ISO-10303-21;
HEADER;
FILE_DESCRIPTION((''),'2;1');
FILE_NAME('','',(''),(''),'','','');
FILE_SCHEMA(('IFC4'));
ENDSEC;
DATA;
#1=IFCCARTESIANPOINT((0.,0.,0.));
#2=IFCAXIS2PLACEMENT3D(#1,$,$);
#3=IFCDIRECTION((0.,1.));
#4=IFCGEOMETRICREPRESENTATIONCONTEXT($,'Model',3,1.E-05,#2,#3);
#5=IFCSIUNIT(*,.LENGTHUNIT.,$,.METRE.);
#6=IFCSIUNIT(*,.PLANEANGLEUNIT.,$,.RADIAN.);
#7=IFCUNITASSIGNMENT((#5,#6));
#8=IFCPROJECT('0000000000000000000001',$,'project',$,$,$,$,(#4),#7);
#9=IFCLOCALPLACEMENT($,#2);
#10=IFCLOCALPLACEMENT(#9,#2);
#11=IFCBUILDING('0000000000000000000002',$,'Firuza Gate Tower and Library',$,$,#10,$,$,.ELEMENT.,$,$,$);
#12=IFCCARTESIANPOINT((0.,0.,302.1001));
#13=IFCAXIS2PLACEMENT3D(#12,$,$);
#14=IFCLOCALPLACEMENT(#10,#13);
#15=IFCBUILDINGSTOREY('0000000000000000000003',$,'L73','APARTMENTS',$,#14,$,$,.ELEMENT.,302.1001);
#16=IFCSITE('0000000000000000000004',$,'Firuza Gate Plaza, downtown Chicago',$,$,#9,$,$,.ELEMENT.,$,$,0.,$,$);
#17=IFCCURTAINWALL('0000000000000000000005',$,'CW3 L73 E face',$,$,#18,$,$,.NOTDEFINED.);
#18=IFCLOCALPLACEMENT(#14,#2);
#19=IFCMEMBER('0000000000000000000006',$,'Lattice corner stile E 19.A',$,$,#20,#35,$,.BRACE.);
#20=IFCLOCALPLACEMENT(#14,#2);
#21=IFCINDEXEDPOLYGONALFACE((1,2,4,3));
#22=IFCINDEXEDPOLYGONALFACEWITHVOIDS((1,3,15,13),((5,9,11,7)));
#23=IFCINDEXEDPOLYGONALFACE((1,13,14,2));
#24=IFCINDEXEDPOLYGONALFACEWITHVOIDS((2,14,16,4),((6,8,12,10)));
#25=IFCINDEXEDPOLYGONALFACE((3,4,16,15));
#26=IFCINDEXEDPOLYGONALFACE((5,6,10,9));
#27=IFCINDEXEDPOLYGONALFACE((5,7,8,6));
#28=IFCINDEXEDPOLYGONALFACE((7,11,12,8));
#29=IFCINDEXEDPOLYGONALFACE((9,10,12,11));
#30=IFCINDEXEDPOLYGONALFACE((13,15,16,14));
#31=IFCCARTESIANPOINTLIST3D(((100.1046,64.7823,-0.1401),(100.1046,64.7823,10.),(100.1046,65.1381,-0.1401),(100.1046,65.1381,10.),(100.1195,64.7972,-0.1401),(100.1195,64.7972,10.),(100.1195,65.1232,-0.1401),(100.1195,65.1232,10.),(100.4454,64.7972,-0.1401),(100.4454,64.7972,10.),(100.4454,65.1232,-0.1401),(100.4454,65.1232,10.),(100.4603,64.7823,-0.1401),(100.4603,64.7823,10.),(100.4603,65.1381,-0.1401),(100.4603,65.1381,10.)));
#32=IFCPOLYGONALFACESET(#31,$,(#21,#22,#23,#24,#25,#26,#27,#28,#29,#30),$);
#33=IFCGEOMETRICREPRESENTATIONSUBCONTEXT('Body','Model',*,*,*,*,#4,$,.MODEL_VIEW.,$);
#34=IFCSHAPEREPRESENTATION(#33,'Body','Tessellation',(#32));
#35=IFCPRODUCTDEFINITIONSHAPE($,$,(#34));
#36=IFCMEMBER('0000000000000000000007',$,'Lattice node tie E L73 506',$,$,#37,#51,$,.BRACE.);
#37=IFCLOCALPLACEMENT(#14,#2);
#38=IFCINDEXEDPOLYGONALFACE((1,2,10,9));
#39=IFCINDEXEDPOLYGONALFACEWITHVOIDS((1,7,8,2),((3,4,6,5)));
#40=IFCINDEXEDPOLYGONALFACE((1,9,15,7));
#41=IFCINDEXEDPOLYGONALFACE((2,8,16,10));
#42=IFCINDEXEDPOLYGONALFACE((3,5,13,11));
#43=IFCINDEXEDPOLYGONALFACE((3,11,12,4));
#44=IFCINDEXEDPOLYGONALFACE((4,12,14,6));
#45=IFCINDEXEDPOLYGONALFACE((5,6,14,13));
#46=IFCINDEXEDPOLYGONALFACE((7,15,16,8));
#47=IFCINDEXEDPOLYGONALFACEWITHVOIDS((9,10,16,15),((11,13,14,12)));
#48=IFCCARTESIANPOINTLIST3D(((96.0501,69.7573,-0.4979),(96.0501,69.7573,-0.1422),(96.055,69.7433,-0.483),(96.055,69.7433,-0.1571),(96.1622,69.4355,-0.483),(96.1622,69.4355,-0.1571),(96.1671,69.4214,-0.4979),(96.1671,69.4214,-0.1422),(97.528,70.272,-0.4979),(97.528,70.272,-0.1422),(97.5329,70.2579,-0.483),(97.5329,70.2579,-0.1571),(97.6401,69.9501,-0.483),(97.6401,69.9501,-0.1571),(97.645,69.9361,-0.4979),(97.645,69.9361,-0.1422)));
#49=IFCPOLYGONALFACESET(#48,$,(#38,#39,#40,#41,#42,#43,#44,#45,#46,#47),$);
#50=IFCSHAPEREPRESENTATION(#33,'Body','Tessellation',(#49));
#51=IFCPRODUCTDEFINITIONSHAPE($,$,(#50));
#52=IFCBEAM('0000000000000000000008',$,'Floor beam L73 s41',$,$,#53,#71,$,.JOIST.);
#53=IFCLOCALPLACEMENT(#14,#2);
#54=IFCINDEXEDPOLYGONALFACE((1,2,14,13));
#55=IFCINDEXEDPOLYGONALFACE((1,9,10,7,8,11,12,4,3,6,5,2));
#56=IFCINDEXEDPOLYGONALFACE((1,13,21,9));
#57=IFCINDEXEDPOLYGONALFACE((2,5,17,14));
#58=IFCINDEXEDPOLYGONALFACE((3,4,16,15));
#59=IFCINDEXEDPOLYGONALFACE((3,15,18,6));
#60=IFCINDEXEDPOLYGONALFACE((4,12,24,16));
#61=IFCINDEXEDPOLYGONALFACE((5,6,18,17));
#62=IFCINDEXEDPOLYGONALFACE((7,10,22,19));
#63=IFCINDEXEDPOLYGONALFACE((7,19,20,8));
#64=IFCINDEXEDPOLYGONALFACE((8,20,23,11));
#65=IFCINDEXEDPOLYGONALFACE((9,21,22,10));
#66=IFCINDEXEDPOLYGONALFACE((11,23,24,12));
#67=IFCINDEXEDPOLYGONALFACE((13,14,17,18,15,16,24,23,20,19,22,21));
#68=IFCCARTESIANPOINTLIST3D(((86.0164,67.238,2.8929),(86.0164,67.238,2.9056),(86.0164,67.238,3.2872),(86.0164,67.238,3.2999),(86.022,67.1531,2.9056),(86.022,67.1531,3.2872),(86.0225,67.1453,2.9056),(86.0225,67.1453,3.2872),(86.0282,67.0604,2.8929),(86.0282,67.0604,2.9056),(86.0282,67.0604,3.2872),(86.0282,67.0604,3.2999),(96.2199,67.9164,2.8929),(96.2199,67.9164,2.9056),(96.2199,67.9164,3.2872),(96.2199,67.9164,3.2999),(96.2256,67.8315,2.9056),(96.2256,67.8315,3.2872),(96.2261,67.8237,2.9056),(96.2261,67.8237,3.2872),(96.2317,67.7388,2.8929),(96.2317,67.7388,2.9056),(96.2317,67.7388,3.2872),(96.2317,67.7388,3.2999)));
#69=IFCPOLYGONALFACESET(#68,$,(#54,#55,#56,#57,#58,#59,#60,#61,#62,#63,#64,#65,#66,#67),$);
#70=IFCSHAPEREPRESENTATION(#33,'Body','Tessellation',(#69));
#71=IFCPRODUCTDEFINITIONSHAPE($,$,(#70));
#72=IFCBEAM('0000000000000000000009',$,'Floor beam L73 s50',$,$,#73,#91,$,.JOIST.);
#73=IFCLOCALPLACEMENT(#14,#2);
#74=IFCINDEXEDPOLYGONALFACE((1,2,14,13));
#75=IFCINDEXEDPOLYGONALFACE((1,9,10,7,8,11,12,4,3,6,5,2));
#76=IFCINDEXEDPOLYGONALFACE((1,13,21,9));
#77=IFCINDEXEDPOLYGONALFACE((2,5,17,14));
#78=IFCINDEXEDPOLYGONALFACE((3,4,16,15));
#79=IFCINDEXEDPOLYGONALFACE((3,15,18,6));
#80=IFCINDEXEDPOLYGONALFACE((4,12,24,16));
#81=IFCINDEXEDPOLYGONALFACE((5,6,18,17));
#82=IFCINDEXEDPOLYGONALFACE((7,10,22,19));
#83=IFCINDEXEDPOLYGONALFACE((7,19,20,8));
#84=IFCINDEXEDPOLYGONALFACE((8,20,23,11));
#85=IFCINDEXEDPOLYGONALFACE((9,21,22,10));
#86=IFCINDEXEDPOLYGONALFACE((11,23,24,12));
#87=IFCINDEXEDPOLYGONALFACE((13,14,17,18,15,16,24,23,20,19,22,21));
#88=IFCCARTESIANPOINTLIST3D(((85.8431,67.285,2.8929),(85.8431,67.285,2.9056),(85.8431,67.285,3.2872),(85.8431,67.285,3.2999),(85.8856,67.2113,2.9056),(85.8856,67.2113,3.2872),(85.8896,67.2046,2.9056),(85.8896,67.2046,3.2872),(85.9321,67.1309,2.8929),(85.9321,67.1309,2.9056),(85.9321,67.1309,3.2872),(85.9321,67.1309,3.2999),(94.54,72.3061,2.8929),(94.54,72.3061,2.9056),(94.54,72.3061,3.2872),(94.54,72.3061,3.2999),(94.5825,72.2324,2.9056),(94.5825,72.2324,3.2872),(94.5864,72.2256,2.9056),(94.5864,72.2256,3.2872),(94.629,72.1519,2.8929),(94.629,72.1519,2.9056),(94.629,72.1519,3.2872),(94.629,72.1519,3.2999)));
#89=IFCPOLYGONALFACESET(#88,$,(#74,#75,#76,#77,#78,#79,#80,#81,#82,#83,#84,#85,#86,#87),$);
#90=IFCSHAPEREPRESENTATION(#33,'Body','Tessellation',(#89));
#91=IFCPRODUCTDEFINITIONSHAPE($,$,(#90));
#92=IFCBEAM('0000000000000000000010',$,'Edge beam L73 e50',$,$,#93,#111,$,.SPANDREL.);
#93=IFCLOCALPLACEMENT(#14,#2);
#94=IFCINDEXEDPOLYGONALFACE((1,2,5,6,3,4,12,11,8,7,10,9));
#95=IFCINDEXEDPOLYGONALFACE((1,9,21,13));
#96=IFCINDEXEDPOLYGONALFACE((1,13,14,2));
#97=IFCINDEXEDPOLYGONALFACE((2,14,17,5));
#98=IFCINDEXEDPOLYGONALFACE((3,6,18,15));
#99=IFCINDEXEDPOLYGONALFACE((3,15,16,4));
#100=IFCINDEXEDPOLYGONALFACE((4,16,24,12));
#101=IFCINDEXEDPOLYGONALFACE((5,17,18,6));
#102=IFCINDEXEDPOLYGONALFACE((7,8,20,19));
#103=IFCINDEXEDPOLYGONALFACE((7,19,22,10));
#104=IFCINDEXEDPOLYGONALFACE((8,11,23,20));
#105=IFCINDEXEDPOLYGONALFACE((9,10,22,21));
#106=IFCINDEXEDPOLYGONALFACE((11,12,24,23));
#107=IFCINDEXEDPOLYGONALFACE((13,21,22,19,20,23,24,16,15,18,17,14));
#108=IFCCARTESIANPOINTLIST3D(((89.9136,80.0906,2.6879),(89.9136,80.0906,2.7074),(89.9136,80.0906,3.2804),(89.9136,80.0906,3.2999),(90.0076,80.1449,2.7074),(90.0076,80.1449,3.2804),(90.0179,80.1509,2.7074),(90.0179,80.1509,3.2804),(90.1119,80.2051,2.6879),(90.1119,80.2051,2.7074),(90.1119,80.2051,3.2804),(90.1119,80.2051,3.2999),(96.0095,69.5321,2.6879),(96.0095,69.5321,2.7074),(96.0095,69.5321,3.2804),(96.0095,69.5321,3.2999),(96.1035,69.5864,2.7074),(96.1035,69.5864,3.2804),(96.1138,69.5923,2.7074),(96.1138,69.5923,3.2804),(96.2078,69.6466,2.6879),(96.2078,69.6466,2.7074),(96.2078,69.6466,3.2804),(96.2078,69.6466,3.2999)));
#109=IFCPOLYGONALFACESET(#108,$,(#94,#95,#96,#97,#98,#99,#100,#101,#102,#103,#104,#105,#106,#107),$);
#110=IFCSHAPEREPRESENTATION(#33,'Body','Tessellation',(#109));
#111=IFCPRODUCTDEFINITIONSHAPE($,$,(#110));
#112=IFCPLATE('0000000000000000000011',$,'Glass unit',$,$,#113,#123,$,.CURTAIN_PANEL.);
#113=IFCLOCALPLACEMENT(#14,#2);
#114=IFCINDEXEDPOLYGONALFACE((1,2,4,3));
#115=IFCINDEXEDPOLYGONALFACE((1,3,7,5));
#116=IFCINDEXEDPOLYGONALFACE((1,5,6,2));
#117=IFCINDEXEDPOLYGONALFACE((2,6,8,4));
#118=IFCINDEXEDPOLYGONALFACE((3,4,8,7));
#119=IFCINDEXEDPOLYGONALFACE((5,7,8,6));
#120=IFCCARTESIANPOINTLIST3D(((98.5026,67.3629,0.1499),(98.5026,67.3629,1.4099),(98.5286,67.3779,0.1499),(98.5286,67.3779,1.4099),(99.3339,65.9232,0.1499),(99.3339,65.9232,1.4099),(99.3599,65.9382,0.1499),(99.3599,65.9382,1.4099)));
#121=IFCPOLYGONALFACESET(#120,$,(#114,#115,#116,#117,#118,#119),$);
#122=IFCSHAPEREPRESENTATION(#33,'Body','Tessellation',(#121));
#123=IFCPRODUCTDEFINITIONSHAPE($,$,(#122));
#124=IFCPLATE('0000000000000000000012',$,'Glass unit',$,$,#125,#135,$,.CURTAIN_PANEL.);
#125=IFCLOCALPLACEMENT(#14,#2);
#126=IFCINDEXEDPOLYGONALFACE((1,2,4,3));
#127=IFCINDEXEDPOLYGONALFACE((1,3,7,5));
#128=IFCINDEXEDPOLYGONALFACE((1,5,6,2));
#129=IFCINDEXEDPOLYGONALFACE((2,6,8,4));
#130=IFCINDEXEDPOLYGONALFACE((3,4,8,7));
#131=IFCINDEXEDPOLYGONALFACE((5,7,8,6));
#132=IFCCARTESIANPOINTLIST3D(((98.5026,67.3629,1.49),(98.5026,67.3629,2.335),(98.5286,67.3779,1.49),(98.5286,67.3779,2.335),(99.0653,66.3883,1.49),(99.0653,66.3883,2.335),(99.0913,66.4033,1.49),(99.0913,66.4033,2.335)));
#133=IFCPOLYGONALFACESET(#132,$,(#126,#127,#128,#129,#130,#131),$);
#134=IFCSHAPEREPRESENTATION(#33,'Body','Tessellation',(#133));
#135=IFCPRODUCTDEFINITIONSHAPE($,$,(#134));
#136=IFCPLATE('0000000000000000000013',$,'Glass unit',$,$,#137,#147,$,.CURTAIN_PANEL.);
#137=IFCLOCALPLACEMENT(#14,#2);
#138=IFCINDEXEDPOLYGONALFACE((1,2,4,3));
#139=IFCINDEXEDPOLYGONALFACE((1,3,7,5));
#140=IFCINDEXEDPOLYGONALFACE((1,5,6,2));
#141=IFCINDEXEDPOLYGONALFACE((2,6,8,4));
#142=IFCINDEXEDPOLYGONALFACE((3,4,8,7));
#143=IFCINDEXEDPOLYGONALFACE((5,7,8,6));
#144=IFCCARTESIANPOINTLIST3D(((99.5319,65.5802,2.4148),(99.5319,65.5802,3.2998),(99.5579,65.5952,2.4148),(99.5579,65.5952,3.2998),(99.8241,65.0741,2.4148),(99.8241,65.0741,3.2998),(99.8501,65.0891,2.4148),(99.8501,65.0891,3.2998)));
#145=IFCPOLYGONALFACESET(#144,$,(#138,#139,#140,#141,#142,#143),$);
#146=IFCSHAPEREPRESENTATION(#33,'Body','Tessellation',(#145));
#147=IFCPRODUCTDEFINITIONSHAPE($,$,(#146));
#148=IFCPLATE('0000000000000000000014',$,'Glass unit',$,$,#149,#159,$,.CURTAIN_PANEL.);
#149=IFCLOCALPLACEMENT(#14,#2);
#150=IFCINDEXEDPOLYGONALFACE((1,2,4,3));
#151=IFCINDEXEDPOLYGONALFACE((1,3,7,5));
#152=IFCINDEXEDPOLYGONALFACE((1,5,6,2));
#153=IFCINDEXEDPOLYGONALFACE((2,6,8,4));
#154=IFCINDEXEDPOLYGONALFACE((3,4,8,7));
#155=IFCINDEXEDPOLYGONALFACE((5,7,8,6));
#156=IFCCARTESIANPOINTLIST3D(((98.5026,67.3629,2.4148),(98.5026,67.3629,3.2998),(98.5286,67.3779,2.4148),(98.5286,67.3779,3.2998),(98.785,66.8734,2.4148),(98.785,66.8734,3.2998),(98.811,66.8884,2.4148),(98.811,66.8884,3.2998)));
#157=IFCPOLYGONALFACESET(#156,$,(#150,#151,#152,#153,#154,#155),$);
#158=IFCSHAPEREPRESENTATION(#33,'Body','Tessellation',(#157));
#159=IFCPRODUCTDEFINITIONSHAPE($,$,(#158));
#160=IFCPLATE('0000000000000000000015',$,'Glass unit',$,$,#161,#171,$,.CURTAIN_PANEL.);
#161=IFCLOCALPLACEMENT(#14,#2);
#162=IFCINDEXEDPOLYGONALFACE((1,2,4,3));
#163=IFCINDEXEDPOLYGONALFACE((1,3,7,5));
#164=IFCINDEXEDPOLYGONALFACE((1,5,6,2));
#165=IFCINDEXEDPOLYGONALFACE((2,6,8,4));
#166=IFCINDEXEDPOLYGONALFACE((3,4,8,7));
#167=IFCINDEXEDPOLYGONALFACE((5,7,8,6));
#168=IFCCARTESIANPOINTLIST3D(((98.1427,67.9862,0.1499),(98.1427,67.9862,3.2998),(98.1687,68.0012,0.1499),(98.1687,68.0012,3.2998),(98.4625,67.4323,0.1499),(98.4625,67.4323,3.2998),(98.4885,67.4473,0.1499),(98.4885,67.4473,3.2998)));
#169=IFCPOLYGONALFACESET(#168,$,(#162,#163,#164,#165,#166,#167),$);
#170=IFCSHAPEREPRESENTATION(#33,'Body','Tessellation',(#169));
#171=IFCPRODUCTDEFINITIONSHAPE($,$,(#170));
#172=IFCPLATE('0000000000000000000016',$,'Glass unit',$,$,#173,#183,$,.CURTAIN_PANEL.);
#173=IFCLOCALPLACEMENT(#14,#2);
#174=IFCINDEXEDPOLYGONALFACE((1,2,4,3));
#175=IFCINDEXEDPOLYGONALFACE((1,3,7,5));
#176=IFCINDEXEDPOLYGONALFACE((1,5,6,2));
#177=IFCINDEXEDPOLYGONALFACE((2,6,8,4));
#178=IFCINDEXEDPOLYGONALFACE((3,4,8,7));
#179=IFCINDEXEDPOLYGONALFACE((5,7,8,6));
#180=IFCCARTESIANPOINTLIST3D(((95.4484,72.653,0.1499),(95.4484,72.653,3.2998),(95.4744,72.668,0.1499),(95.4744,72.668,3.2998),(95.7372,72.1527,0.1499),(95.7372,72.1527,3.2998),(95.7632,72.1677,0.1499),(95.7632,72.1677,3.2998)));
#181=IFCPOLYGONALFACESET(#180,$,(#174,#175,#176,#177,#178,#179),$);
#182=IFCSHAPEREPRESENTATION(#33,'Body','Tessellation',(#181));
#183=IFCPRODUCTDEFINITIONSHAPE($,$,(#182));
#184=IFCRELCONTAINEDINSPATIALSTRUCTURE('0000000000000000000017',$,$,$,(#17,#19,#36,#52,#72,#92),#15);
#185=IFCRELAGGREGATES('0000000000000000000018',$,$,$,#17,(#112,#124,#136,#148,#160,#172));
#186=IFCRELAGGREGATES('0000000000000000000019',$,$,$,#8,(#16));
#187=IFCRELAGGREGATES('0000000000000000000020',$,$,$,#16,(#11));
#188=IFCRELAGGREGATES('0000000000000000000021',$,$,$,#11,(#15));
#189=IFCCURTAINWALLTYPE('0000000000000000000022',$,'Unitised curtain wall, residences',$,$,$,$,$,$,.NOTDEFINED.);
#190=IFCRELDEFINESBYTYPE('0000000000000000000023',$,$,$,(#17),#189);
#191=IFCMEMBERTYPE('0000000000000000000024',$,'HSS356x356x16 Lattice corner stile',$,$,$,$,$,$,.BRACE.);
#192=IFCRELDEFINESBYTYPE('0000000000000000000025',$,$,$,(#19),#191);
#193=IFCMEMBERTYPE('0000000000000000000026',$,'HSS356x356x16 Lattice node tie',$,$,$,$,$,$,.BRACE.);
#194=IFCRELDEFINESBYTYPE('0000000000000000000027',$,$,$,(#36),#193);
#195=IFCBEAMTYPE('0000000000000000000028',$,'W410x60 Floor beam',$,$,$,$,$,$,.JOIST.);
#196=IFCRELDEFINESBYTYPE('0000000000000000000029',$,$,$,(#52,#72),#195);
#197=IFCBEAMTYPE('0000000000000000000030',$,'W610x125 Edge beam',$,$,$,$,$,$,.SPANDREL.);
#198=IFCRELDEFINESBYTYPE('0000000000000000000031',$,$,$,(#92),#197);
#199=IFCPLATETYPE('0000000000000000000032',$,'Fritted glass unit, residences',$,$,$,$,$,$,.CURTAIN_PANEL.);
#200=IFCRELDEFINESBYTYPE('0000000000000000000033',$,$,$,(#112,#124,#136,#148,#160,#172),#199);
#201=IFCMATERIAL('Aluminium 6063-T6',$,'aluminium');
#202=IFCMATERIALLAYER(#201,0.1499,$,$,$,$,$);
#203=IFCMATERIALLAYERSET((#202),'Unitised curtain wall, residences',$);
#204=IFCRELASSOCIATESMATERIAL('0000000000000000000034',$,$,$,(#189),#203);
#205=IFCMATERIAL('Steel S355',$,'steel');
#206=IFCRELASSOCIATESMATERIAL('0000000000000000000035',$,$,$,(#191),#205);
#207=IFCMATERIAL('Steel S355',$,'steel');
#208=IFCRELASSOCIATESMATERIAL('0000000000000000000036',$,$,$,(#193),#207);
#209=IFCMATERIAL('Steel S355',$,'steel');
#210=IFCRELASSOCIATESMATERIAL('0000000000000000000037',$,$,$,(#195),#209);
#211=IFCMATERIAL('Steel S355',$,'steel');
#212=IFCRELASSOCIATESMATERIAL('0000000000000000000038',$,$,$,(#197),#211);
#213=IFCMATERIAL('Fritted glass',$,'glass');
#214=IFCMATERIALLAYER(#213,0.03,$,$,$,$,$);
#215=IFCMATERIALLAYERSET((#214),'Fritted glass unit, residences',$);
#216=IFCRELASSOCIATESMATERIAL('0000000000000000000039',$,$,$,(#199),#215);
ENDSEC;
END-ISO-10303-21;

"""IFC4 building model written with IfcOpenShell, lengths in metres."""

from ifc_helpers import new_model, si_unit, direction, frame, origin, origin_2d, place, context, subcontext, project, spatial, polyline, hollow_rectangle, i_section, outline, extrude, material, layer, layer_set, material_profile, profile_set, type_object, element, aggregate, save


model = new_model("IFC4")

# Units and contexts
model_context = context("Model", 3, precision=1e-05, world=origin(), true_north=direction((0.0, 1.0)))
body_context = subcontext(model_context, "Body", "Model", "MODEL_VIEW")
ifc_project = project(units=[si_unit("LENGTHUNIT", "METRE"), si_unit("PLANEANGLEUNIT", "RADIAN")], contexts=[model_context])

# Site, building, storey
site_placement = place(None, origin())
site = spatial("IfcSite", under=ifc_project, at=site_placement, Name="Firuza Gate Plaza, downtown Chicago", CompositionType="ELEMENT", RefElevation=0.0)
building_placement = place(site_placement, origin())
building = spatial("IfcBuilding", under=site, at=building_placement, Name="Firuza Gate Tower and Library", CompositionType="ELEMENT")
storey_placement = place(building_placement, frame((0.0, 0.0, 302.1001)))
storey = spatial("IfcBuildingStorey", under=building, at=storey_placement, Name="L73", Description="APARTMENTS", CompositionType="ELEMENT", Elevation=302.1001)

# Curtain wall
ifc_material_1 = material(Name="Aluminium 6063-T6", Category="aluminium")
ifc_layer_1 = layer(ifc_material_1, 0.1499)
ifc_layer_set_1 = layer_set([ifc_layer_1], Name="Unitised curtain wall, residences")
curtain_wall_type = type_object("IfcCurtainWallType", Name="Unitised curtain wall, residences", PredefinedType="NOTDEFINED", material=ifc_layer_set_1)
curtain_wall_placement = place(storey_placement, origin())
curtain_wall = element("IfcCurtainWall", 1, at=curtain_wall_placement, inside=storey, type_object=curtain_wall_type, Name="CW3 L73 E face", PredefinedType="NOTDEFINED")

# Members
ifc_material_2 = material(Name="Steel S355", Category="steel")
ifc_material_profile_1 = material_profile(ifc_material_2, hollow_rectangle(XDim=0.3557, YDim=0.3557, WallThickness=0.0149, at=origin_2d()))
ifc_profile_set_1 = profile_set([ifc_material_profile_1], Name="Steel S355")
member_type_1 = type_object("IfcMemberType", Name="HSS356x356x16 Lattice corner stile", PredefinedType="BRACE", material=ifc_profile_set_1)
member_1_placement = place(storey_placement, frame((100.2825, 64.9602, -0.1401), z_axis=(0.0, 0.0, 1.0), x_axis=(1.0, 0.0, 0.0)))
element("IfcMember", 2, at=member_1_placement, inside=storey, type_object=member_type_1, Name="Lattice corner stile E 19.A", PredefinedType="BRACE", context=body_context, shape_type="SweptSolid", body=[
    extrude(hollow_rectangle(XDim=0.3557, YDim=0.3557, WallThickness=0.0149, at=origin_2d()), origin(), (0.0, 0.0, 1.0), 10.1401),
])
ifc_material_3 = material(Name="Steel S355", Category="steel")
ifc_material_profile_2 = material_profile(ifc_material_3, hollow_rectangle(XDim=0.3557, YDim=0.3557, WallThickness=0.0149, at=origin_2d()))
ifc_profile_set_2 = profile_set([ifc_material_profile_2], Name="Steel S355")
member_type_2 = type_object("IfcMemberType", Name="HSS356x356x16 Lattice node tie", PredefinedType="BRACE", material=ifc_profile_set_2)
member_2_placement = place(storey_placement, frame((96.1086, 69.5894, -0.3201), z_axis=(0.94437, 0.328884, 0.0), x_axis=(-0.328884, 0.94437, 0.0)))
element("IfcMember", 3, at=member_2_placement, inside=storey, type_object=member_type_2, Name="Lattice node tie E L73 506", PredefinedType="BRACE", context=body_context, shape_type="SweptSolid", body=[
    extrude(hollow_rectangle(XDim=0.3557, YDim=0.3557, WallThickness=0.0149, at=origin_2d()), origin(), (0.0, 0.0, 1.0), 1.5649),
])

# Beams
ifc_material_4 = material(Name="Steel S355", Category="steel")
ifc_material_profile_3 = material_profile(ifc_material_4, i_section(OverallWidth=0.178, OverallDepth=0.407, WebThickness=0.0078, FlangeThickness=0.0127, at=origin_2d()))
ifc_profile_set_3 = profile_set([ifc_material_profile_3], Name="Steel S355")
beam_type_1 = type_object("IfcBeamType", Name="W410x60 Floor beam", PredefinedType="JOIST", material=ifc_profile_set_3)
beam_1_placement = place(storey_placement, frame((96.2258, 67.8276, 3.0964), z_axis=(-0.997797, -0.066346, 0.0), x_axis=(0.066346, -0.997797, 0.0)))
element("IfcBeam", 4, at=beam_1_placement, inside=storey, type_object=beam_type_1, Name="Floor beam L73 s41", PredefinedType="JOIST", context=body_context, shape_type="SweptSolid", body=[
    extrude(i_section(OverallWidth=0.178, OverallDepth=0.407, WebThickness=0.0078, FlangeThickness=0.0127, at=origin_2d()), origin(), (0.0, 0.0, 1.0), 10.2261),
])
beam_2_placement = place(storey_placement, frame((94.5845, 72.229, 3.0964), z_axis=(-0.866029, -0.499993, 0.0), x_axis=(0.499993, -0.866029, 0.0)))
element("IfcBeam", 5, at=beam_2_placement, inside=storey, type_object=beam_type_1, Name="Floor beam L73 s50", PredefinedType="JOIST", context=body_context, shape_type="SweptSolid", body=[
    extrude(i_section(OverallWidth=0.178, OverallDepth=0.407, WebThickness=0.0078, FlangeThickness=0.0127, at=origin_2d()), origin(), (0.0, 0.0, 1.0), 10.0422),
])
ifc_material_5 = material(Name="Steel S355", Category="steel")
ifc_material_profile_4 = material_profile(ifc_material_5, i_section(OverallWidth=0.229, OverallDepth=0.6121, WebThickness=0.012, FlangeThickness=0.0195, at=origin_2d()))
ifc_profile_set_4 = profile_set([ifc_material_profile_4], Name="Steel S355")
beam_type_2 = type_object("IfcBeamType", Name="W610x125 Edge beam", PredefinedType="SPANDREL", material=ifc_profile_set_4)
beam_3_placement = place(storey_placement, frame((96.1086, 69.5894, 2.9939), z_axis=(-0.499996, 0.866028, 0.0), x_axis=(-0.866028, -0.499996, 0.0)))
element("IfcBeam", 6, at=beam_3_placement, inside=storey, type_object=beam_type_2, Name="Edge beam L73 e50", PredefinedType="SPANDREL", context=body_context, shape_type="SweptSolid", body=[
    extrude(i_section(OverallWidth=0.229, OverallDepth=0.6121, WebThickness=0.012, FlangeThickness=0.0195, at=origin_2d()), origin(), (0.0, 0.0, 1.0), 12.1919),
])

# Plates
ifc_material_6 = material(Name="Fritted glass", Category="glass")
ifc_layer_2 = layer(ifc_material_6, 0.03)
ifc_layer_set_2 = layer_set([ifc_layer_2], Name="Fritted glass unit, residences")
plate_type_1 = type_object("IfcPlateType", Name="Fritted glass unit, residences", PredefinedType="CURTAIN_PANEL", material=ifc_layer_set_2)
plate_1_placement = place(storey_placement, frame((99.3599, 65.9382, 0.1499), z_axis=(0.866002, 0.50004, 0.0), x_axis=(-0.50004, 0.866002, 0.0)))
plate_1 = element("IfcPlate", 7, at=plate_1_placement, type_object=plate_type_1, Name="Glass unit", PredefinedType="CURTAIN_PANEL", context=body_context, shape_type="SweptSolid", body=[
    extrude(outline(polyline([(0.0, 0.0), (1.6625, 0.0), (1.6625, 1.26), (0.0, 1.26), (0.0, 0.0)])), origin(), (0.0, 0.0, -1.0), 0.03),
])
plate_2_placement = place(storey_placement, frame((99.0913, 66.4033, 1.49), z_axis=(0.866005, 0.500035, 0.0), x_axis=(-0.500035, 0.866005, 0.0)))
plate_2 = element("IfcPlate", 8, at=plate_2_placement, type_object=plate_type_1, Name="Glass unit", PredefinedType="CURTAIN_PANEL", context=body_context, shape_type="SweptSolid", body=[
    extrude(outline(polyline([(0.0, 0.0), (1.1254, 0.0), (1.1254, 0.845), (0.0, 0.845), (0.0, 0.0)])), origin(), (0.0, 0.0, -1.0), 0.03),
])
plate_3_placement = place(storey_placement, frame((99.8501, 65.0891, 2.4148), z_axis=(0.865998, 0.500048, 0.0), x_axis=(-0.500048, 0.865998, 0.0)))
plate_3 = element("IfcPlate", 9, at=plate_3_placement, type_object=plate_type_1, Name="Glass unit", PredefinedType="CURTAIN_PANEL", context=body_context, shape_type="SweptSolid", body=[
    extrude(outline(polyline([(0.0, 0.0), (0.5844, 0.0), (0.5844, 0.885), (0.0, 0.885), (0.0, 0.0)])), origin(), (0.0, 0.0, -1.0), 0.03),
])
plate_4_placement = place(storey_placement, frame((98.811, 66.8884, 2.4148), z_axis=(0.866135, 0.49981, 0.0), x_axis=(-0.49981, 0.866135, 0.0)))
plate_4 = element("IfcPlate", 10, at=plate_4_placement, type_object=plate_type_1, Name="Glass unit", PredefinedType="CURTAIN_PANEL", context=body_context, shape_type="SweptSolid", body=[
    extrude(outline(polyline([(0.0, 0.0), (0.5652, 0.0), (0.5652, 0.885), (0.0, 0.885), (0.0, 0.0)])), origin(), (0.0, 0.0, -1.0), 0.03),
])
plate_5_placement = place(storey_placement, frame((98.4885, 67.4473, 0.1499), z_axis=(0.866027, 0.499998, 0.0), x_axis=(-0.499998, 0.866027, 0.0)))
plate_5 = element("IfcPlate", 11, at=plate_5_placement, type_object=plate_type_1, Name="Glass unit", PredefinedType="CURTAIN_PANEL", context=body_context, shape_type="SweptSolid", body=[
    extrude(outline(polyline([(0.0, 0.0), (0.6397, 0.0), (0.6397, 3.1499), (0.0, 3.1499), (0.0, 0.0)])), origin(), (0.0, 0.0, -1.0), 0.03),
])
plate_6_placement = place(storey_placement, frame((95.7632, 72.1677, 0.1499), z_axis=(0.866024, 0.500003, 0.0), x_axis=(-0.500003, 0.866024, 0.0)))
plate_6 = element("IfcPlate", 12, at=plate_6_placement, type_object=plate_type_1, Name="Glass unit", PredefinedType="CURTAIN_PANEL", context=body_context, shape_type="SweptSolid", body=[
    extrude(outline(polyline([(0.0, 0.0), (0.5776, 0.0), (0.5776, 3.1499), (0.0, 3.1499), (0.0, 0.0)])), origin(), (0.0, 0.0, -1.0), 0.03),
])
aggregate(curtain_wall, [plate_1, plate_2, plate_3, plate_4, plate_5, plate_6])

save(model, "model.ifc")
